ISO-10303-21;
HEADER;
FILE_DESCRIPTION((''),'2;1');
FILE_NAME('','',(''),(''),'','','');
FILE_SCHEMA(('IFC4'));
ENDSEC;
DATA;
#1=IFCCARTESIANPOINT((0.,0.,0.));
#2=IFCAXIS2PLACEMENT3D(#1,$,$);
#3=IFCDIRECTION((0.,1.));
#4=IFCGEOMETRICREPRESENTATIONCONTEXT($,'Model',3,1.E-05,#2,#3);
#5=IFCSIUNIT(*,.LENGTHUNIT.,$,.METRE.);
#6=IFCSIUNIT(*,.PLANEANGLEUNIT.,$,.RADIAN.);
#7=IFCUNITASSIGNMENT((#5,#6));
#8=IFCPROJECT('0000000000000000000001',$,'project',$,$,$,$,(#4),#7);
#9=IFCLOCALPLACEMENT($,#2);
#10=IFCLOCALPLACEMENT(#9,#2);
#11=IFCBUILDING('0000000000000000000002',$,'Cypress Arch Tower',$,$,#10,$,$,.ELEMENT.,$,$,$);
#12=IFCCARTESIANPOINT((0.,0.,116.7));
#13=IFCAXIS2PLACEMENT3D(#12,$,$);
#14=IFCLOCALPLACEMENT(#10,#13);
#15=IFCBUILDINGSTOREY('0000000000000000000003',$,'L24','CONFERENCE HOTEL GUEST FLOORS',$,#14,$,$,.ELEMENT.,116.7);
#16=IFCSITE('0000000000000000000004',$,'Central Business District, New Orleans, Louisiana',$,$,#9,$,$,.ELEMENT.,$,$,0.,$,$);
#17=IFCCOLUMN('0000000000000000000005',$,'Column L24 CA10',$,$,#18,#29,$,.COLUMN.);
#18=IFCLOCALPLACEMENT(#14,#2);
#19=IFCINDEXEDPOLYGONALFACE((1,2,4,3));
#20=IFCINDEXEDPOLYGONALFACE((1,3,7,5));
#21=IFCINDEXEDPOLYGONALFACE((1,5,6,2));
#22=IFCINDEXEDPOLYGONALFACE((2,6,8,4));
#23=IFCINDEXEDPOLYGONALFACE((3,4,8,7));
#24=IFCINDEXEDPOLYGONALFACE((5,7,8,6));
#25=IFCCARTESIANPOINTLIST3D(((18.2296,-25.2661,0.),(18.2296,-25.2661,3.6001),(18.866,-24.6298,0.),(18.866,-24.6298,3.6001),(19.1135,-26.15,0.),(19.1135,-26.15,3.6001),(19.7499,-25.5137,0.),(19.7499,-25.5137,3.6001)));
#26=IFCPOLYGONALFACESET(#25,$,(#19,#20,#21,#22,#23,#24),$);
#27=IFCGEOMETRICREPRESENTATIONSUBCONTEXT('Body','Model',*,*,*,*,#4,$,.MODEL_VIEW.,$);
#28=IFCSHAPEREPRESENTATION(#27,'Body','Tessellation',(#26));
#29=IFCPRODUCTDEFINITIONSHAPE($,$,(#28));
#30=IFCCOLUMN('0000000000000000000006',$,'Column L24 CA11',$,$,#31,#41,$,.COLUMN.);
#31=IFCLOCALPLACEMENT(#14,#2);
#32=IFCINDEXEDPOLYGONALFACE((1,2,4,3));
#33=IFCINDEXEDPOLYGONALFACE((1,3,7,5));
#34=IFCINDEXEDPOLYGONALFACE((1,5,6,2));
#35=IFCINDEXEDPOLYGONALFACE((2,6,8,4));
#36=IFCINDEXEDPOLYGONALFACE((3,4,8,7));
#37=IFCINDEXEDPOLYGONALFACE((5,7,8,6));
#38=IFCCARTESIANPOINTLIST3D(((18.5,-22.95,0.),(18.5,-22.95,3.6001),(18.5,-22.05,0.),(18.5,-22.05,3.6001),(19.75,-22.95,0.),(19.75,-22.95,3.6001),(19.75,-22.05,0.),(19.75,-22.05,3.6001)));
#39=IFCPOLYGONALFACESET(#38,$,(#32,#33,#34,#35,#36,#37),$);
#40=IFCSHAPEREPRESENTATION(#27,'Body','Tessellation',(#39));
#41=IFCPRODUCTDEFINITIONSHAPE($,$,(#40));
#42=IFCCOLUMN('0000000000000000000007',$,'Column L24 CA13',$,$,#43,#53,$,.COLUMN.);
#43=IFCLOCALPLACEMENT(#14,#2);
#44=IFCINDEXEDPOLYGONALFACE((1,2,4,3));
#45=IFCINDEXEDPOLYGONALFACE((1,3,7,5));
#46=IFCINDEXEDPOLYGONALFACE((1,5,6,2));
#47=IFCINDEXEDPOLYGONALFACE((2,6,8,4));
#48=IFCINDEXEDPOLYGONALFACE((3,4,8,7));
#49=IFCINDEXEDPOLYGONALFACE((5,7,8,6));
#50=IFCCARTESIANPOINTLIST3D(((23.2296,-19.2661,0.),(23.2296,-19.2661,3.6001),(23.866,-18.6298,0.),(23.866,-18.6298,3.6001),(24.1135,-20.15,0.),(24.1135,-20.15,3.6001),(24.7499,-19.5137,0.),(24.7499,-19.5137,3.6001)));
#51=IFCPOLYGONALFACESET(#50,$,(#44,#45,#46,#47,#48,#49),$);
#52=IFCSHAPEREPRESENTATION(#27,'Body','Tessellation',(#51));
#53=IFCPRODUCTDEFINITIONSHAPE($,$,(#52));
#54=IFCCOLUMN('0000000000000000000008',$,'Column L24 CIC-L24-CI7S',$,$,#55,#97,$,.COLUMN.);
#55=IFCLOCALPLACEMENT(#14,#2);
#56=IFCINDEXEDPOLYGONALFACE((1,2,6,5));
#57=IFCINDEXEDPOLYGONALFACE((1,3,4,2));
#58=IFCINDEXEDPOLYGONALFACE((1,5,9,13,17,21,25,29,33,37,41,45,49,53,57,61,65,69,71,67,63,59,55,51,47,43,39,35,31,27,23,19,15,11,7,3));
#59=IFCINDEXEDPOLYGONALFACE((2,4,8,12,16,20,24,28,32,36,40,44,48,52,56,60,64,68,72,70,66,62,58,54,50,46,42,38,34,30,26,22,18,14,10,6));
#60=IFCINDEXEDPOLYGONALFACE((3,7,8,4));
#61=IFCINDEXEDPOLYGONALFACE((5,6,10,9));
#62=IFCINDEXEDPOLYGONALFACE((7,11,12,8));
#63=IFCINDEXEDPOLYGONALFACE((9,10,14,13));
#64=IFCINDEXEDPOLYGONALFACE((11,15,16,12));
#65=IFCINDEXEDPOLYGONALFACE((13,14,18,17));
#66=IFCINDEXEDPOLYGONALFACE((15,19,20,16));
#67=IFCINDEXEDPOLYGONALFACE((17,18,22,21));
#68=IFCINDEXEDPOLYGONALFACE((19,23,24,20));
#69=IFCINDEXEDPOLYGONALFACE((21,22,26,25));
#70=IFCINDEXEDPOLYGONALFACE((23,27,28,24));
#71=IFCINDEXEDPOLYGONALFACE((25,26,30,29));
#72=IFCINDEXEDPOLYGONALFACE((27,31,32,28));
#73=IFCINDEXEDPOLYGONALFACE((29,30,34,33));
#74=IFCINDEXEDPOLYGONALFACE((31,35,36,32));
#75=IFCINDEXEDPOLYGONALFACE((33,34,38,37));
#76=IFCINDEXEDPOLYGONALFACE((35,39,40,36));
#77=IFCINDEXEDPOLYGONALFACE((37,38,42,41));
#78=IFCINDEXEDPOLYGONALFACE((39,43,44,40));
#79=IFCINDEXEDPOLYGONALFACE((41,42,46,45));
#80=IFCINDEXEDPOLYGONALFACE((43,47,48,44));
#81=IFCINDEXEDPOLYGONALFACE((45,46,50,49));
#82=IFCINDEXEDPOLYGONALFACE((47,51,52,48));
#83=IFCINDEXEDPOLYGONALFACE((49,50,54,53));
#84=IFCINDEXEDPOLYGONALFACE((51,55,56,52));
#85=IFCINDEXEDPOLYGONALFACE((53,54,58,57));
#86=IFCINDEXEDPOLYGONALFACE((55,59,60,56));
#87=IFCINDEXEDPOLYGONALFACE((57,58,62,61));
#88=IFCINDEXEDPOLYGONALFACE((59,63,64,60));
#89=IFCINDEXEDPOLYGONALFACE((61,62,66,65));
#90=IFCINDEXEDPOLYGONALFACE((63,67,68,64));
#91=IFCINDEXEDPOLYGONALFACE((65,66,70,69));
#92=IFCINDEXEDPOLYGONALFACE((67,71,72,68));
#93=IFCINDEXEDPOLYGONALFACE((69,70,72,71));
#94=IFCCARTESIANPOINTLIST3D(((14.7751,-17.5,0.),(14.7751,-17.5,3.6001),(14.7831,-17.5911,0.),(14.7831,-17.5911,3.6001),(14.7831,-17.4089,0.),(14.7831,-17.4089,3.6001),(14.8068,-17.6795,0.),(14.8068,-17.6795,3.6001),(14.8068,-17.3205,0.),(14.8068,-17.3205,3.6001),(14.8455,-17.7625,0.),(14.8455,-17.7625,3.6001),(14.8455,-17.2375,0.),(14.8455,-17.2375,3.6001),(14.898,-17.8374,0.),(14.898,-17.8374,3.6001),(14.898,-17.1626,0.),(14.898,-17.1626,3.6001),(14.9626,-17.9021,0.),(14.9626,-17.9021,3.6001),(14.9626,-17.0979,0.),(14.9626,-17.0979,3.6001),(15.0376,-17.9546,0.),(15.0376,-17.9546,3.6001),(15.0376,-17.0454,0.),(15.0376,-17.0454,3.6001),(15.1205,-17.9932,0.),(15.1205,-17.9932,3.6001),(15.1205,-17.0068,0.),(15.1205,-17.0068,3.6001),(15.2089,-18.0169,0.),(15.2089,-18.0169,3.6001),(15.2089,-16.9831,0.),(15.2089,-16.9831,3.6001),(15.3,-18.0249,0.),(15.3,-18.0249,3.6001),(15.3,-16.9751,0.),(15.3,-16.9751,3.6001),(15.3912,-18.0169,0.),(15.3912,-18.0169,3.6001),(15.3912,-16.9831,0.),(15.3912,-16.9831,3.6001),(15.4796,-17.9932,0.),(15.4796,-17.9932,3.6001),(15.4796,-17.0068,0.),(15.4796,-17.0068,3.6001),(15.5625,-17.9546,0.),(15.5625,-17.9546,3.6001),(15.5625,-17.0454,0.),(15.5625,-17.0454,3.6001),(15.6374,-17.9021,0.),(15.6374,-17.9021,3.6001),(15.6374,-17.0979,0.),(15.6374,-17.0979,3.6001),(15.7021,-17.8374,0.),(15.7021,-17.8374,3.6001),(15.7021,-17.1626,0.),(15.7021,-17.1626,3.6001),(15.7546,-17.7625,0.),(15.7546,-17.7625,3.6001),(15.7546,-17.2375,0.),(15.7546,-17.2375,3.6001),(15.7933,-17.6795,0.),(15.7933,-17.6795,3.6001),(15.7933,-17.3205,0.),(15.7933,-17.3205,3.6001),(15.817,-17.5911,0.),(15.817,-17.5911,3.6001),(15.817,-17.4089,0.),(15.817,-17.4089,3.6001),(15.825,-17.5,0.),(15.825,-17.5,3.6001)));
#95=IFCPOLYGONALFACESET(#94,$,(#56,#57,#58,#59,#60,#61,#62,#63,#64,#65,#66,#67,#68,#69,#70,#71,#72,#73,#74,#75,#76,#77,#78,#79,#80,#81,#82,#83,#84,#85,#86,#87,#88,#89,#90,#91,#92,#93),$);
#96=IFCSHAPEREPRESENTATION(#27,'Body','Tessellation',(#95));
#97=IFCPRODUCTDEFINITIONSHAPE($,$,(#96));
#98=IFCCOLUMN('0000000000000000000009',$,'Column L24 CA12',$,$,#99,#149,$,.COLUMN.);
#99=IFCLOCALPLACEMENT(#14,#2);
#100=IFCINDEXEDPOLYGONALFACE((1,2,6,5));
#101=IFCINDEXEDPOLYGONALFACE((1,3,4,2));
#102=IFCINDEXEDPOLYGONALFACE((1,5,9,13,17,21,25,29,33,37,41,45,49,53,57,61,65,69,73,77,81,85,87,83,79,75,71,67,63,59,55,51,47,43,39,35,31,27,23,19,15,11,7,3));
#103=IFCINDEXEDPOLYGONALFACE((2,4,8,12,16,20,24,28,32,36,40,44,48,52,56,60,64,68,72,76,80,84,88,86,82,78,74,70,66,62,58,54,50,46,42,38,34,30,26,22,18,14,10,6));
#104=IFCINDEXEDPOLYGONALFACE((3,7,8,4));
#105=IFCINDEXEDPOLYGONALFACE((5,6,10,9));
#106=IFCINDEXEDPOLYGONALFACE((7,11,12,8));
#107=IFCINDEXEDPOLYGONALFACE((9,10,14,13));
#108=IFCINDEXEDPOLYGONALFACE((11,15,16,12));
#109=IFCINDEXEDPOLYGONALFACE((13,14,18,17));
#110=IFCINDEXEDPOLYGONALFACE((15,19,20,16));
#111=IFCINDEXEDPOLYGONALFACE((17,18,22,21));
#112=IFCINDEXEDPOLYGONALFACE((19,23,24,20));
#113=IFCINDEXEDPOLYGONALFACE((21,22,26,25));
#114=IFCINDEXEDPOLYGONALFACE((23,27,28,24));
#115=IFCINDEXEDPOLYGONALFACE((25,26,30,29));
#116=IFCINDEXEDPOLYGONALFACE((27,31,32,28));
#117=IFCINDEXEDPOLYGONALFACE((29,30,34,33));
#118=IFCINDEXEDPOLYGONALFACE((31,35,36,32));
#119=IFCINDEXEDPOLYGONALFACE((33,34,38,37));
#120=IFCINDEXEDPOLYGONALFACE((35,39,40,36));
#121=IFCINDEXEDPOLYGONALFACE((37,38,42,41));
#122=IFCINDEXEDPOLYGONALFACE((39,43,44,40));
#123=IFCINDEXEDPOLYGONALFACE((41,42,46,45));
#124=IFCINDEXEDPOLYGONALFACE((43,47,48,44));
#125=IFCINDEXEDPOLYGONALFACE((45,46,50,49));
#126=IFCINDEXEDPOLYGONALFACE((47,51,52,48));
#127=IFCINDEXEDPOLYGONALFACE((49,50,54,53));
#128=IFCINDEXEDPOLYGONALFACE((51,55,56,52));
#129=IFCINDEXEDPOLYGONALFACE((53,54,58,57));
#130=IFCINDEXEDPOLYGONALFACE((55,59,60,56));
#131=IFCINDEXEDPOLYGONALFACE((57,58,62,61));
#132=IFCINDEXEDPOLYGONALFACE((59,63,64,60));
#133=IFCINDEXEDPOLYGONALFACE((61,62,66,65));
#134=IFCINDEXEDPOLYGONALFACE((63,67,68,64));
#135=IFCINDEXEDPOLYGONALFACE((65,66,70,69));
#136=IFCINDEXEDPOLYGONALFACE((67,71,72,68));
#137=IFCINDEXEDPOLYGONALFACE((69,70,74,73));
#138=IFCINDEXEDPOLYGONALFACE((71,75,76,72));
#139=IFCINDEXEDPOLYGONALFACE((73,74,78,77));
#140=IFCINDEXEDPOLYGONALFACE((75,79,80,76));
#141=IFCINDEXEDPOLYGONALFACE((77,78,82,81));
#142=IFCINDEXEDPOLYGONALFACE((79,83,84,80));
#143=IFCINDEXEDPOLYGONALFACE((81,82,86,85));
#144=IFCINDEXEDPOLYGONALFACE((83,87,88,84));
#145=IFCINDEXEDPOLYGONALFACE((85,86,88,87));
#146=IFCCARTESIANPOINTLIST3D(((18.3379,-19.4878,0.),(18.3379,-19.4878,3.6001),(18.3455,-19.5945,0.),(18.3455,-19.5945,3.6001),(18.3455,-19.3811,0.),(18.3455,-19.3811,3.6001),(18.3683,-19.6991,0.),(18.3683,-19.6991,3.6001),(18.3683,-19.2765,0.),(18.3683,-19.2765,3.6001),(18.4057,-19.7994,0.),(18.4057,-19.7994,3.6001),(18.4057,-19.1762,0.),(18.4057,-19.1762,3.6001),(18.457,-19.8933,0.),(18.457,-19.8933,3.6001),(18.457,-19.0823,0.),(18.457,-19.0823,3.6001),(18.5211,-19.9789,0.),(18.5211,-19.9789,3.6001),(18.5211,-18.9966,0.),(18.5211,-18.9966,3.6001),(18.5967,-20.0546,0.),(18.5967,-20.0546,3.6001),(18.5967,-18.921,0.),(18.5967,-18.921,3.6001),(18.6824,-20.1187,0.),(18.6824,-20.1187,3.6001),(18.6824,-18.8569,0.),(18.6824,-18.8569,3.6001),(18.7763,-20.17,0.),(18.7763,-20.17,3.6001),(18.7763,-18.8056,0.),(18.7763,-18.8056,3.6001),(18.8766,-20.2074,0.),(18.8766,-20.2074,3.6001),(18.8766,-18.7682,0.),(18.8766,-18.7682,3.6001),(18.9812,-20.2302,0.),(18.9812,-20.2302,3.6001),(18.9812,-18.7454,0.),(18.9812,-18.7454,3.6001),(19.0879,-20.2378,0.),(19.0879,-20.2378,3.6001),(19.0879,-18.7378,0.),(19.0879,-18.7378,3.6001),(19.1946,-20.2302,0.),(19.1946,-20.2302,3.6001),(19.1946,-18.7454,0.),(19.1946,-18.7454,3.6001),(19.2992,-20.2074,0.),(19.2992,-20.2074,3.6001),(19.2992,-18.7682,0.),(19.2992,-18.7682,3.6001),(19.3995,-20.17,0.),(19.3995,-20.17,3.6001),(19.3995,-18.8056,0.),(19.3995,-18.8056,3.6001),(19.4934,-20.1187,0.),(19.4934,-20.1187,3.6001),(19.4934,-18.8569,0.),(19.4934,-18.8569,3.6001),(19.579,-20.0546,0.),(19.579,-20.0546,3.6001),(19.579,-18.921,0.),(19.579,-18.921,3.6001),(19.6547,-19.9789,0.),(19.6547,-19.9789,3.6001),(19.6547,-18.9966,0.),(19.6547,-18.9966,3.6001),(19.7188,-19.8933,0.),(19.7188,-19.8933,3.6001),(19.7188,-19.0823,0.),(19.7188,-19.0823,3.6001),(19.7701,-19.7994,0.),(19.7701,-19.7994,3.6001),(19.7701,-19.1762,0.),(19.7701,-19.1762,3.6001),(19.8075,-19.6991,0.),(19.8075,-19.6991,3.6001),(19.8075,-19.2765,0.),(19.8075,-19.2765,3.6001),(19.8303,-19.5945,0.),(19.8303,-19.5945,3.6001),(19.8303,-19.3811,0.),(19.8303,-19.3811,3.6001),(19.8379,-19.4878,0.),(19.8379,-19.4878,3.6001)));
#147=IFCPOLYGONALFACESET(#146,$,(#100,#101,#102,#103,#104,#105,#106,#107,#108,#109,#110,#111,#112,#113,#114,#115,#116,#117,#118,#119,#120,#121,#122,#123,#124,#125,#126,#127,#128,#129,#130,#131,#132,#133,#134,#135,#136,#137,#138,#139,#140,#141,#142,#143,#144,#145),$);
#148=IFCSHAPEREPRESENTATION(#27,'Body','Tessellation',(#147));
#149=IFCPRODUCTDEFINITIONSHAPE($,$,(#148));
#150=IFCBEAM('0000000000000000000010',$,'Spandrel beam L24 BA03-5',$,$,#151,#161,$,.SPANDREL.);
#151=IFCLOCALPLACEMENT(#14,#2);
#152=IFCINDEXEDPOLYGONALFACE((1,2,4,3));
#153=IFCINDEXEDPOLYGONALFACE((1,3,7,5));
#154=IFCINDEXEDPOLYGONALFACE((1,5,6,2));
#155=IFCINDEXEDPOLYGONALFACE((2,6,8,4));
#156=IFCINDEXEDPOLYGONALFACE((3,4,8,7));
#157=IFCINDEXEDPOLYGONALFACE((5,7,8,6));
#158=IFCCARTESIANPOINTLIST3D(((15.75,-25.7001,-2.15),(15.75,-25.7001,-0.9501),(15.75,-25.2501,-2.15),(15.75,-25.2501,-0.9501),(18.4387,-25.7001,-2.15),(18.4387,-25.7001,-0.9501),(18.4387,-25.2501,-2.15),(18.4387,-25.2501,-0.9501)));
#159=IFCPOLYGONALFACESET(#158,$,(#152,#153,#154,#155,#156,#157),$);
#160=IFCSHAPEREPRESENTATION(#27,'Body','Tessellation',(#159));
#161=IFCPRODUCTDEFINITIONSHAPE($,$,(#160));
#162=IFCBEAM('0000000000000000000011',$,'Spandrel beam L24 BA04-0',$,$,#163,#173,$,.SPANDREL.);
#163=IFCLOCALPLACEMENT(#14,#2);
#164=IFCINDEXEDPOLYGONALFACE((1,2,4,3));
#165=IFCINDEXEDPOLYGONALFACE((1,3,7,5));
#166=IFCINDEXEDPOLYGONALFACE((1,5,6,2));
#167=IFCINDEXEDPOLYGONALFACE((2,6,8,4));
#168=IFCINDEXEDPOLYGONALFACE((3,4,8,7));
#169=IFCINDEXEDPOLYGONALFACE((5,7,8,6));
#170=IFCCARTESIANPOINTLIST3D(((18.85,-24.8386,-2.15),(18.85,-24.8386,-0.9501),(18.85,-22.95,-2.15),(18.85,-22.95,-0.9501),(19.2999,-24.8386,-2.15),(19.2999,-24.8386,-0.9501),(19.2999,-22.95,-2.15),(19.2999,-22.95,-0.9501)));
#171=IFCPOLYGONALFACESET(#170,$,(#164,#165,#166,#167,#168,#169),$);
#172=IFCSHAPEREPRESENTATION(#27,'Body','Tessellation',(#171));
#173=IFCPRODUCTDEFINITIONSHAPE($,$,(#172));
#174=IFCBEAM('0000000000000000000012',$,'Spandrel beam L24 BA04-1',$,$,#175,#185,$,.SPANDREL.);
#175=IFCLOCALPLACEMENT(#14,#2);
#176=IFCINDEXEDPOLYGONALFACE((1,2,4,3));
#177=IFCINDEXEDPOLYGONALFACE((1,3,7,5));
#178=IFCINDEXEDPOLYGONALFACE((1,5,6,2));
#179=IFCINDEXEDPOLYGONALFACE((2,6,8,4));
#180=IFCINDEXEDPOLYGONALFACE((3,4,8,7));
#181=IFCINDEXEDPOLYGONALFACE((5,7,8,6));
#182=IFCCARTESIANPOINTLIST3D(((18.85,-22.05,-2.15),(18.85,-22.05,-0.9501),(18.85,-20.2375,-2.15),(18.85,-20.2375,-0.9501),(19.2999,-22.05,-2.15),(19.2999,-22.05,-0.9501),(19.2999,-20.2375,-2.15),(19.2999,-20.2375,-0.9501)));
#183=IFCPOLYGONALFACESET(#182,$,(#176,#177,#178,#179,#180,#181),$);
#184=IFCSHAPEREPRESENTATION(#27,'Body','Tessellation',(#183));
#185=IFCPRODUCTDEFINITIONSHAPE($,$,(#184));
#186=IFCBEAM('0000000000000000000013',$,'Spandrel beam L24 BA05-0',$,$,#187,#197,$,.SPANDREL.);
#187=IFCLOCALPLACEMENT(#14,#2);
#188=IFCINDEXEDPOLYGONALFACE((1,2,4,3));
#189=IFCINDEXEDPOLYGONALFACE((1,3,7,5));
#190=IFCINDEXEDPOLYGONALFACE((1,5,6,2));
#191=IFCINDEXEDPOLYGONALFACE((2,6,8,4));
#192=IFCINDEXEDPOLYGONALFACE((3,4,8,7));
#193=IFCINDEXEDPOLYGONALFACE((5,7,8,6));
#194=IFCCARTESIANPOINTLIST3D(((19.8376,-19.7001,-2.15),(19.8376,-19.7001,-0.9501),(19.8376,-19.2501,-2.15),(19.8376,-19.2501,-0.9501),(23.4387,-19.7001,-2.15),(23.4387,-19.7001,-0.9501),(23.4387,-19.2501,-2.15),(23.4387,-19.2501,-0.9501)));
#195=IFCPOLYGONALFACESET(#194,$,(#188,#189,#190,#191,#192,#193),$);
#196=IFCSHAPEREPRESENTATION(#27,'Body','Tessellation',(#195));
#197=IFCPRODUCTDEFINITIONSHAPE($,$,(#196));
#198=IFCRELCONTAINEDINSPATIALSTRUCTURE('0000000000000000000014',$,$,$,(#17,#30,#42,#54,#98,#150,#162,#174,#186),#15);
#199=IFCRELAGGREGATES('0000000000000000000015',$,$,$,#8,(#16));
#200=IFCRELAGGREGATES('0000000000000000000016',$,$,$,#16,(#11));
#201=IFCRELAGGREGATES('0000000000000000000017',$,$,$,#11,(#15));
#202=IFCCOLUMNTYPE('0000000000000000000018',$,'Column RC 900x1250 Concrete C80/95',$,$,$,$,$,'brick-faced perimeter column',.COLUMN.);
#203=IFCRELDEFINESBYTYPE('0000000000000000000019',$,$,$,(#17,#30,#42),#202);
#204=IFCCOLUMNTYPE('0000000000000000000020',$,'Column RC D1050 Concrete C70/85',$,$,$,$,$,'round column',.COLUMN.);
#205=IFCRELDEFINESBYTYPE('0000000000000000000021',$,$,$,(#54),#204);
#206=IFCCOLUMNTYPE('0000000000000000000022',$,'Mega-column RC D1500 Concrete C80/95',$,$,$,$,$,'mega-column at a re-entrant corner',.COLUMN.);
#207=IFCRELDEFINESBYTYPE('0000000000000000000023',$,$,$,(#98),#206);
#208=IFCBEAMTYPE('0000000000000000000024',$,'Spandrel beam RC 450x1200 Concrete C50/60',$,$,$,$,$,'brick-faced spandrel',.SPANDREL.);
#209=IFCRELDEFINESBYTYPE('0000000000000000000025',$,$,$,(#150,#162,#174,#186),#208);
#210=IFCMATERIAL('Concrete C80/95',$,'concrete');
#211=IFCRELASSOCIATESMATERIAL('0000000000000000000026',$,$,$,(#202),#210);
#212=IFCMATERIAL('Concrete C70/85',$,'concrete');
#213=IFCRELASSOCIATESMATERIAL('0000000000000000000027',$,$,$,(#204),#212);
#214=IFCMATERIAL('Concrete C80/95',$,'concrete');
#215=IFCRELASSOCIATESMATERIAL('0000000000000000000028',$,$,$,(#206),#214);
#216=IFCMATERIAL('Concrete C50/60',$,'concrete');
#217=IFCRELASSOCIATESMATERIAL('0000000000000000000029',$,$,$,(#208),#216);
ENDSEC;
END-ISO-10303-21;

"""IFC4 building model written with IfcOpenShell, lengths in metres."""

from ifc_helpers import new_model, si_unit, direction, frame, origin, origin_2d, place, context, subcontext, project, spatial, rectangle, circle, extrude, material, material_profile, profile_set, type_object, element, save


model = new_model("IFC4")

# Units and contexts
model_context = context("Model", 3, precision=1e-05, world=origin(), true_north=direction((0.0, 1.0)))
body_context = subcontext(model_context, "Body", "Model", "MODEL_VIEW")
ifc_project = project(units=[si_unit("LENGTHUNIT", "METRE"), si_unit("PLANEANGLEUNIT", "RADIAN")], contexts=[model_context])

# Site, building, storey
site_placement = place(None, origin())
site = spatial("IfcSite", under=ifc_project, at=site_placement, Name="Central Business District, New Orleans, Louisiana", CompositionType="ELEMENT", RefElevation=0.0)
building_placement = place(site_placement, origin())
building = spatial("IfcBuilding", under=site, at=building_placement, Name="Cypress Arch Tower", CompositionType="ELEMENT")
storey_placement = place(building_placement, frame((0.0, 0.0, 116.7)))
storey = spatial("IfcBuildingStorey", under=building, at=storey_placement, Name="L24", Description="CONFERENCE HOTEL GUEST FLOORS", CompositionType="ELEMENT", Elevation=116.7)

# Columns
ifc_material_1 = material(Name="Concrete C80/95", Category="concrete")
ifc_material_profile_1 = material_profile(ifc_material_1, rectangle(XDim=0.8999, YDim=1.25, at=origin_2d()), Name="RC 900x1250")
ifc_profile_set_1 = profile_set([ifc_material_profile_1], Name="Concrete C80/95")
column_type_1 = type_object("IfcColumnType", Name="Column RC 900x1250 Concrete C80/95", ElementType="brick-faced perimeter column", PredefinedType="COLUMN", material=ifc_profile_set_1)
for number, where, z_axis, x_axis, name in (
    (1, (18.9897, -25.3899, 0.0), (0.0, 0.0, 1.0), (0.707107, 0.707107, 0.0), "Column L24 CA10"),
    (2, (19.125, -22.5, 0.0), (0.0, 0.0, 1.0), (0.0, 1.0, 0.0), "Column L24 CA11"),
    (3, (23.9897, -19.3899, 0.0), (0.0, 0.0, 1.0), (0.707107, 0.707107, 0.0), "Column L24 CA13"),
):
    element("IfcColumn", number, at=place(storey_placement, frame(where, z_axis=z_axis, x_axis=x_axis)), inside=storey, type_object=column_type_1, Name=name, PredefinedType="COLUMN", context=body_context, shape_type="SweptSolid", body=[
        extrude(rectangle(XDim=0.8999, YDim=1.25, at=origin_2d()), origin(), (0.0, 0.0, 1.0), 3.6001),
    ])
ifc_material_2 = material(Name="Concrete C70/85", Category="concrete")
ifc_material_profile_2 = material_profile(ifc_material_2, circle(Radius=0.5249, at=origin_2d()), Name="RC D1050")
ifc_profile_set_2 = profile_set([ifc_material_profile_2], Name="Concrete C70/85")
column_type_2 = type_object("IfcColumnType", Name="Column RC D1050 Concrete C70/85", ElementType="round column", PredefinedType="COLUMN", material=ifc_profile_set_2)
column_1_placement = place(storey_placement, frame((15.3, -17.5, 0.0), z_axis=(0.0, 0.0, 1.0), x_axis=(1.0, 0.0, 0.0)))
element("IfcColumn", 4, at=column_1_placement, inside=storey, type_object=column_type_2, Name="Column L24 CIC-L24-CI7S", PredefinedType="COLUMN", context=body_context, shape_type="SweptSolid", body=[
    extrude(circle(Radius=0.5249, at=origin_2d()), origin(), (0.0, 0.0, 1.0), 3.6001),
])
ifc_material_3 = material(Name="Concrete C80/95", Category="concrete")
ifc_material_profile_3 = material_profile(ifc_material_3, circle(Radius=0.75, at=origin_2d()), Name="RC D1500")
ifc_profile_set_3 = profile_set([ifc_material_profile_3], Name="Concrete C80/95")
column_type_3 = type_object("IfcColumnType", Name="Mega-column RC D1500 Concrete C80/95", ElementType="mega-column at a re-entrant corner", PredefinedType="COLUMN", material=ifc_profile_set_3)
column_2_placement = place(storey_placement, frame((19.0879, -19.4878, 0.0), z_axis=(0.0, 0.0, 1.0), x_axis=(1.0, 0.0, 0.0)))
element("IfcColumn", 5, at=column_2_placement, inside=storey, type_object=column_type_3, Name="Column L24 CA12", PredefinedType="COLUMN", context=body_context, shape_type="SweptSolid", body=[
    extrude(circle(Radius=0.75, at=origin_2d()), origin(), (0.0, 0.0, 1.0), 3.6001),
])

# Beams
ifc_material_4 = material(Name="Concrete C50/60", Category="concrete")
ifc_material_profile_4 = material_profile(ifc_material_4, rectangle(XDim=0.45, YDim=1.2, at=origin_2d()), Name="RC 450x1200")
ifc_profile_set_4 = profile_set([ifc_material_profile_4], Name="Concrete C50/60")
beam_type = type_object("IfcBeamType", Name="Spandrel beam RC 450x1200 Concrete C50/60", ElementType="brick-faced spandrel", PredefinedType="SPANDREL", material=ifc_profile_set_4)
beam_1_placement = place(storey_placement, frame((15.75, -25.4751, -1.55), z_axis=(1.0, 0.0, 0.0), x_axis=(0.0, 1.0, 0.0)))
element("IfcBeam", 6, at=beam_1_placement, inside=storey, type_object=beam_type, Name="Spandrel beam L24 BA03-5", PredefinedType="SPANDREL", context=body_context, shape_type="SweptSolid", body=[
    extrude(rectangle(XDim=0.45, YDim=1.2, at=origin_2d()), origin(), (0.0, 0.0, 1.0), 2.6887),
])
beam_2_placement = place(storey_placement, frame((19.075, -24.8386, -1.55), z_axis=(0.0, 1.0, 0.0), x_axis=(-1.0, 0.0, 0.0)))
element("IfcBeam", 7, at=beam_2_placement, inside=storey, type_object=beam_type, Name="Spandrel beam L24 BA04-0", PredefinedType="SPANDREL", context=body_context, shape_type="SweptSolid", body=[
    extrude(rectangle(XDim=0.45, YDim=1.2, at=origin_2d()), origin(), (0.0, 0.0, 1.0), 1.8887),
])
beam_3_placement = place(storey_placement, frame((19.075, -22.05, -1.55), z_axis=(0.0, 1.0, 0.0), x_axis=(-1.0, 0.0, 0.0)))
element("IfcBeam", 8, at=beam_3_placement, inside=storey, type_object=beam_type, Name="Spandrel beam L24 BA04-1", PredefinedType="SPANDREL", context=body_context, shape_type="SweptSolid", body=[
    extrude(rectangle(XDim=0.45, YDim=1.2, at=origin_2d()), origin(), (0.0, 0.0, 1.0), 1.8125),
])
beam_4_placement = place(storey_placement, frame((19.8376, -19.4751, -1.55), z_axis=(1.0, 0.0, 0.0), x_axis=(0.0, 1.0, 0.0)))
element("IfcBeam", 9, at=beam_4_placement, inside=storey, type_object=beam_type, Name="Spandrel beam L24 BA05-0", PredefinedType="SPANDREL", context=body_context, shape_type="SweptSolid", body=[
    extrude(rectangle(XDim=0.45, YDim=1.2, at=origin_2d()), origin(), (0.0, 0.0, 1.0), 3.6011),
])

save(model, "model.ifc")
